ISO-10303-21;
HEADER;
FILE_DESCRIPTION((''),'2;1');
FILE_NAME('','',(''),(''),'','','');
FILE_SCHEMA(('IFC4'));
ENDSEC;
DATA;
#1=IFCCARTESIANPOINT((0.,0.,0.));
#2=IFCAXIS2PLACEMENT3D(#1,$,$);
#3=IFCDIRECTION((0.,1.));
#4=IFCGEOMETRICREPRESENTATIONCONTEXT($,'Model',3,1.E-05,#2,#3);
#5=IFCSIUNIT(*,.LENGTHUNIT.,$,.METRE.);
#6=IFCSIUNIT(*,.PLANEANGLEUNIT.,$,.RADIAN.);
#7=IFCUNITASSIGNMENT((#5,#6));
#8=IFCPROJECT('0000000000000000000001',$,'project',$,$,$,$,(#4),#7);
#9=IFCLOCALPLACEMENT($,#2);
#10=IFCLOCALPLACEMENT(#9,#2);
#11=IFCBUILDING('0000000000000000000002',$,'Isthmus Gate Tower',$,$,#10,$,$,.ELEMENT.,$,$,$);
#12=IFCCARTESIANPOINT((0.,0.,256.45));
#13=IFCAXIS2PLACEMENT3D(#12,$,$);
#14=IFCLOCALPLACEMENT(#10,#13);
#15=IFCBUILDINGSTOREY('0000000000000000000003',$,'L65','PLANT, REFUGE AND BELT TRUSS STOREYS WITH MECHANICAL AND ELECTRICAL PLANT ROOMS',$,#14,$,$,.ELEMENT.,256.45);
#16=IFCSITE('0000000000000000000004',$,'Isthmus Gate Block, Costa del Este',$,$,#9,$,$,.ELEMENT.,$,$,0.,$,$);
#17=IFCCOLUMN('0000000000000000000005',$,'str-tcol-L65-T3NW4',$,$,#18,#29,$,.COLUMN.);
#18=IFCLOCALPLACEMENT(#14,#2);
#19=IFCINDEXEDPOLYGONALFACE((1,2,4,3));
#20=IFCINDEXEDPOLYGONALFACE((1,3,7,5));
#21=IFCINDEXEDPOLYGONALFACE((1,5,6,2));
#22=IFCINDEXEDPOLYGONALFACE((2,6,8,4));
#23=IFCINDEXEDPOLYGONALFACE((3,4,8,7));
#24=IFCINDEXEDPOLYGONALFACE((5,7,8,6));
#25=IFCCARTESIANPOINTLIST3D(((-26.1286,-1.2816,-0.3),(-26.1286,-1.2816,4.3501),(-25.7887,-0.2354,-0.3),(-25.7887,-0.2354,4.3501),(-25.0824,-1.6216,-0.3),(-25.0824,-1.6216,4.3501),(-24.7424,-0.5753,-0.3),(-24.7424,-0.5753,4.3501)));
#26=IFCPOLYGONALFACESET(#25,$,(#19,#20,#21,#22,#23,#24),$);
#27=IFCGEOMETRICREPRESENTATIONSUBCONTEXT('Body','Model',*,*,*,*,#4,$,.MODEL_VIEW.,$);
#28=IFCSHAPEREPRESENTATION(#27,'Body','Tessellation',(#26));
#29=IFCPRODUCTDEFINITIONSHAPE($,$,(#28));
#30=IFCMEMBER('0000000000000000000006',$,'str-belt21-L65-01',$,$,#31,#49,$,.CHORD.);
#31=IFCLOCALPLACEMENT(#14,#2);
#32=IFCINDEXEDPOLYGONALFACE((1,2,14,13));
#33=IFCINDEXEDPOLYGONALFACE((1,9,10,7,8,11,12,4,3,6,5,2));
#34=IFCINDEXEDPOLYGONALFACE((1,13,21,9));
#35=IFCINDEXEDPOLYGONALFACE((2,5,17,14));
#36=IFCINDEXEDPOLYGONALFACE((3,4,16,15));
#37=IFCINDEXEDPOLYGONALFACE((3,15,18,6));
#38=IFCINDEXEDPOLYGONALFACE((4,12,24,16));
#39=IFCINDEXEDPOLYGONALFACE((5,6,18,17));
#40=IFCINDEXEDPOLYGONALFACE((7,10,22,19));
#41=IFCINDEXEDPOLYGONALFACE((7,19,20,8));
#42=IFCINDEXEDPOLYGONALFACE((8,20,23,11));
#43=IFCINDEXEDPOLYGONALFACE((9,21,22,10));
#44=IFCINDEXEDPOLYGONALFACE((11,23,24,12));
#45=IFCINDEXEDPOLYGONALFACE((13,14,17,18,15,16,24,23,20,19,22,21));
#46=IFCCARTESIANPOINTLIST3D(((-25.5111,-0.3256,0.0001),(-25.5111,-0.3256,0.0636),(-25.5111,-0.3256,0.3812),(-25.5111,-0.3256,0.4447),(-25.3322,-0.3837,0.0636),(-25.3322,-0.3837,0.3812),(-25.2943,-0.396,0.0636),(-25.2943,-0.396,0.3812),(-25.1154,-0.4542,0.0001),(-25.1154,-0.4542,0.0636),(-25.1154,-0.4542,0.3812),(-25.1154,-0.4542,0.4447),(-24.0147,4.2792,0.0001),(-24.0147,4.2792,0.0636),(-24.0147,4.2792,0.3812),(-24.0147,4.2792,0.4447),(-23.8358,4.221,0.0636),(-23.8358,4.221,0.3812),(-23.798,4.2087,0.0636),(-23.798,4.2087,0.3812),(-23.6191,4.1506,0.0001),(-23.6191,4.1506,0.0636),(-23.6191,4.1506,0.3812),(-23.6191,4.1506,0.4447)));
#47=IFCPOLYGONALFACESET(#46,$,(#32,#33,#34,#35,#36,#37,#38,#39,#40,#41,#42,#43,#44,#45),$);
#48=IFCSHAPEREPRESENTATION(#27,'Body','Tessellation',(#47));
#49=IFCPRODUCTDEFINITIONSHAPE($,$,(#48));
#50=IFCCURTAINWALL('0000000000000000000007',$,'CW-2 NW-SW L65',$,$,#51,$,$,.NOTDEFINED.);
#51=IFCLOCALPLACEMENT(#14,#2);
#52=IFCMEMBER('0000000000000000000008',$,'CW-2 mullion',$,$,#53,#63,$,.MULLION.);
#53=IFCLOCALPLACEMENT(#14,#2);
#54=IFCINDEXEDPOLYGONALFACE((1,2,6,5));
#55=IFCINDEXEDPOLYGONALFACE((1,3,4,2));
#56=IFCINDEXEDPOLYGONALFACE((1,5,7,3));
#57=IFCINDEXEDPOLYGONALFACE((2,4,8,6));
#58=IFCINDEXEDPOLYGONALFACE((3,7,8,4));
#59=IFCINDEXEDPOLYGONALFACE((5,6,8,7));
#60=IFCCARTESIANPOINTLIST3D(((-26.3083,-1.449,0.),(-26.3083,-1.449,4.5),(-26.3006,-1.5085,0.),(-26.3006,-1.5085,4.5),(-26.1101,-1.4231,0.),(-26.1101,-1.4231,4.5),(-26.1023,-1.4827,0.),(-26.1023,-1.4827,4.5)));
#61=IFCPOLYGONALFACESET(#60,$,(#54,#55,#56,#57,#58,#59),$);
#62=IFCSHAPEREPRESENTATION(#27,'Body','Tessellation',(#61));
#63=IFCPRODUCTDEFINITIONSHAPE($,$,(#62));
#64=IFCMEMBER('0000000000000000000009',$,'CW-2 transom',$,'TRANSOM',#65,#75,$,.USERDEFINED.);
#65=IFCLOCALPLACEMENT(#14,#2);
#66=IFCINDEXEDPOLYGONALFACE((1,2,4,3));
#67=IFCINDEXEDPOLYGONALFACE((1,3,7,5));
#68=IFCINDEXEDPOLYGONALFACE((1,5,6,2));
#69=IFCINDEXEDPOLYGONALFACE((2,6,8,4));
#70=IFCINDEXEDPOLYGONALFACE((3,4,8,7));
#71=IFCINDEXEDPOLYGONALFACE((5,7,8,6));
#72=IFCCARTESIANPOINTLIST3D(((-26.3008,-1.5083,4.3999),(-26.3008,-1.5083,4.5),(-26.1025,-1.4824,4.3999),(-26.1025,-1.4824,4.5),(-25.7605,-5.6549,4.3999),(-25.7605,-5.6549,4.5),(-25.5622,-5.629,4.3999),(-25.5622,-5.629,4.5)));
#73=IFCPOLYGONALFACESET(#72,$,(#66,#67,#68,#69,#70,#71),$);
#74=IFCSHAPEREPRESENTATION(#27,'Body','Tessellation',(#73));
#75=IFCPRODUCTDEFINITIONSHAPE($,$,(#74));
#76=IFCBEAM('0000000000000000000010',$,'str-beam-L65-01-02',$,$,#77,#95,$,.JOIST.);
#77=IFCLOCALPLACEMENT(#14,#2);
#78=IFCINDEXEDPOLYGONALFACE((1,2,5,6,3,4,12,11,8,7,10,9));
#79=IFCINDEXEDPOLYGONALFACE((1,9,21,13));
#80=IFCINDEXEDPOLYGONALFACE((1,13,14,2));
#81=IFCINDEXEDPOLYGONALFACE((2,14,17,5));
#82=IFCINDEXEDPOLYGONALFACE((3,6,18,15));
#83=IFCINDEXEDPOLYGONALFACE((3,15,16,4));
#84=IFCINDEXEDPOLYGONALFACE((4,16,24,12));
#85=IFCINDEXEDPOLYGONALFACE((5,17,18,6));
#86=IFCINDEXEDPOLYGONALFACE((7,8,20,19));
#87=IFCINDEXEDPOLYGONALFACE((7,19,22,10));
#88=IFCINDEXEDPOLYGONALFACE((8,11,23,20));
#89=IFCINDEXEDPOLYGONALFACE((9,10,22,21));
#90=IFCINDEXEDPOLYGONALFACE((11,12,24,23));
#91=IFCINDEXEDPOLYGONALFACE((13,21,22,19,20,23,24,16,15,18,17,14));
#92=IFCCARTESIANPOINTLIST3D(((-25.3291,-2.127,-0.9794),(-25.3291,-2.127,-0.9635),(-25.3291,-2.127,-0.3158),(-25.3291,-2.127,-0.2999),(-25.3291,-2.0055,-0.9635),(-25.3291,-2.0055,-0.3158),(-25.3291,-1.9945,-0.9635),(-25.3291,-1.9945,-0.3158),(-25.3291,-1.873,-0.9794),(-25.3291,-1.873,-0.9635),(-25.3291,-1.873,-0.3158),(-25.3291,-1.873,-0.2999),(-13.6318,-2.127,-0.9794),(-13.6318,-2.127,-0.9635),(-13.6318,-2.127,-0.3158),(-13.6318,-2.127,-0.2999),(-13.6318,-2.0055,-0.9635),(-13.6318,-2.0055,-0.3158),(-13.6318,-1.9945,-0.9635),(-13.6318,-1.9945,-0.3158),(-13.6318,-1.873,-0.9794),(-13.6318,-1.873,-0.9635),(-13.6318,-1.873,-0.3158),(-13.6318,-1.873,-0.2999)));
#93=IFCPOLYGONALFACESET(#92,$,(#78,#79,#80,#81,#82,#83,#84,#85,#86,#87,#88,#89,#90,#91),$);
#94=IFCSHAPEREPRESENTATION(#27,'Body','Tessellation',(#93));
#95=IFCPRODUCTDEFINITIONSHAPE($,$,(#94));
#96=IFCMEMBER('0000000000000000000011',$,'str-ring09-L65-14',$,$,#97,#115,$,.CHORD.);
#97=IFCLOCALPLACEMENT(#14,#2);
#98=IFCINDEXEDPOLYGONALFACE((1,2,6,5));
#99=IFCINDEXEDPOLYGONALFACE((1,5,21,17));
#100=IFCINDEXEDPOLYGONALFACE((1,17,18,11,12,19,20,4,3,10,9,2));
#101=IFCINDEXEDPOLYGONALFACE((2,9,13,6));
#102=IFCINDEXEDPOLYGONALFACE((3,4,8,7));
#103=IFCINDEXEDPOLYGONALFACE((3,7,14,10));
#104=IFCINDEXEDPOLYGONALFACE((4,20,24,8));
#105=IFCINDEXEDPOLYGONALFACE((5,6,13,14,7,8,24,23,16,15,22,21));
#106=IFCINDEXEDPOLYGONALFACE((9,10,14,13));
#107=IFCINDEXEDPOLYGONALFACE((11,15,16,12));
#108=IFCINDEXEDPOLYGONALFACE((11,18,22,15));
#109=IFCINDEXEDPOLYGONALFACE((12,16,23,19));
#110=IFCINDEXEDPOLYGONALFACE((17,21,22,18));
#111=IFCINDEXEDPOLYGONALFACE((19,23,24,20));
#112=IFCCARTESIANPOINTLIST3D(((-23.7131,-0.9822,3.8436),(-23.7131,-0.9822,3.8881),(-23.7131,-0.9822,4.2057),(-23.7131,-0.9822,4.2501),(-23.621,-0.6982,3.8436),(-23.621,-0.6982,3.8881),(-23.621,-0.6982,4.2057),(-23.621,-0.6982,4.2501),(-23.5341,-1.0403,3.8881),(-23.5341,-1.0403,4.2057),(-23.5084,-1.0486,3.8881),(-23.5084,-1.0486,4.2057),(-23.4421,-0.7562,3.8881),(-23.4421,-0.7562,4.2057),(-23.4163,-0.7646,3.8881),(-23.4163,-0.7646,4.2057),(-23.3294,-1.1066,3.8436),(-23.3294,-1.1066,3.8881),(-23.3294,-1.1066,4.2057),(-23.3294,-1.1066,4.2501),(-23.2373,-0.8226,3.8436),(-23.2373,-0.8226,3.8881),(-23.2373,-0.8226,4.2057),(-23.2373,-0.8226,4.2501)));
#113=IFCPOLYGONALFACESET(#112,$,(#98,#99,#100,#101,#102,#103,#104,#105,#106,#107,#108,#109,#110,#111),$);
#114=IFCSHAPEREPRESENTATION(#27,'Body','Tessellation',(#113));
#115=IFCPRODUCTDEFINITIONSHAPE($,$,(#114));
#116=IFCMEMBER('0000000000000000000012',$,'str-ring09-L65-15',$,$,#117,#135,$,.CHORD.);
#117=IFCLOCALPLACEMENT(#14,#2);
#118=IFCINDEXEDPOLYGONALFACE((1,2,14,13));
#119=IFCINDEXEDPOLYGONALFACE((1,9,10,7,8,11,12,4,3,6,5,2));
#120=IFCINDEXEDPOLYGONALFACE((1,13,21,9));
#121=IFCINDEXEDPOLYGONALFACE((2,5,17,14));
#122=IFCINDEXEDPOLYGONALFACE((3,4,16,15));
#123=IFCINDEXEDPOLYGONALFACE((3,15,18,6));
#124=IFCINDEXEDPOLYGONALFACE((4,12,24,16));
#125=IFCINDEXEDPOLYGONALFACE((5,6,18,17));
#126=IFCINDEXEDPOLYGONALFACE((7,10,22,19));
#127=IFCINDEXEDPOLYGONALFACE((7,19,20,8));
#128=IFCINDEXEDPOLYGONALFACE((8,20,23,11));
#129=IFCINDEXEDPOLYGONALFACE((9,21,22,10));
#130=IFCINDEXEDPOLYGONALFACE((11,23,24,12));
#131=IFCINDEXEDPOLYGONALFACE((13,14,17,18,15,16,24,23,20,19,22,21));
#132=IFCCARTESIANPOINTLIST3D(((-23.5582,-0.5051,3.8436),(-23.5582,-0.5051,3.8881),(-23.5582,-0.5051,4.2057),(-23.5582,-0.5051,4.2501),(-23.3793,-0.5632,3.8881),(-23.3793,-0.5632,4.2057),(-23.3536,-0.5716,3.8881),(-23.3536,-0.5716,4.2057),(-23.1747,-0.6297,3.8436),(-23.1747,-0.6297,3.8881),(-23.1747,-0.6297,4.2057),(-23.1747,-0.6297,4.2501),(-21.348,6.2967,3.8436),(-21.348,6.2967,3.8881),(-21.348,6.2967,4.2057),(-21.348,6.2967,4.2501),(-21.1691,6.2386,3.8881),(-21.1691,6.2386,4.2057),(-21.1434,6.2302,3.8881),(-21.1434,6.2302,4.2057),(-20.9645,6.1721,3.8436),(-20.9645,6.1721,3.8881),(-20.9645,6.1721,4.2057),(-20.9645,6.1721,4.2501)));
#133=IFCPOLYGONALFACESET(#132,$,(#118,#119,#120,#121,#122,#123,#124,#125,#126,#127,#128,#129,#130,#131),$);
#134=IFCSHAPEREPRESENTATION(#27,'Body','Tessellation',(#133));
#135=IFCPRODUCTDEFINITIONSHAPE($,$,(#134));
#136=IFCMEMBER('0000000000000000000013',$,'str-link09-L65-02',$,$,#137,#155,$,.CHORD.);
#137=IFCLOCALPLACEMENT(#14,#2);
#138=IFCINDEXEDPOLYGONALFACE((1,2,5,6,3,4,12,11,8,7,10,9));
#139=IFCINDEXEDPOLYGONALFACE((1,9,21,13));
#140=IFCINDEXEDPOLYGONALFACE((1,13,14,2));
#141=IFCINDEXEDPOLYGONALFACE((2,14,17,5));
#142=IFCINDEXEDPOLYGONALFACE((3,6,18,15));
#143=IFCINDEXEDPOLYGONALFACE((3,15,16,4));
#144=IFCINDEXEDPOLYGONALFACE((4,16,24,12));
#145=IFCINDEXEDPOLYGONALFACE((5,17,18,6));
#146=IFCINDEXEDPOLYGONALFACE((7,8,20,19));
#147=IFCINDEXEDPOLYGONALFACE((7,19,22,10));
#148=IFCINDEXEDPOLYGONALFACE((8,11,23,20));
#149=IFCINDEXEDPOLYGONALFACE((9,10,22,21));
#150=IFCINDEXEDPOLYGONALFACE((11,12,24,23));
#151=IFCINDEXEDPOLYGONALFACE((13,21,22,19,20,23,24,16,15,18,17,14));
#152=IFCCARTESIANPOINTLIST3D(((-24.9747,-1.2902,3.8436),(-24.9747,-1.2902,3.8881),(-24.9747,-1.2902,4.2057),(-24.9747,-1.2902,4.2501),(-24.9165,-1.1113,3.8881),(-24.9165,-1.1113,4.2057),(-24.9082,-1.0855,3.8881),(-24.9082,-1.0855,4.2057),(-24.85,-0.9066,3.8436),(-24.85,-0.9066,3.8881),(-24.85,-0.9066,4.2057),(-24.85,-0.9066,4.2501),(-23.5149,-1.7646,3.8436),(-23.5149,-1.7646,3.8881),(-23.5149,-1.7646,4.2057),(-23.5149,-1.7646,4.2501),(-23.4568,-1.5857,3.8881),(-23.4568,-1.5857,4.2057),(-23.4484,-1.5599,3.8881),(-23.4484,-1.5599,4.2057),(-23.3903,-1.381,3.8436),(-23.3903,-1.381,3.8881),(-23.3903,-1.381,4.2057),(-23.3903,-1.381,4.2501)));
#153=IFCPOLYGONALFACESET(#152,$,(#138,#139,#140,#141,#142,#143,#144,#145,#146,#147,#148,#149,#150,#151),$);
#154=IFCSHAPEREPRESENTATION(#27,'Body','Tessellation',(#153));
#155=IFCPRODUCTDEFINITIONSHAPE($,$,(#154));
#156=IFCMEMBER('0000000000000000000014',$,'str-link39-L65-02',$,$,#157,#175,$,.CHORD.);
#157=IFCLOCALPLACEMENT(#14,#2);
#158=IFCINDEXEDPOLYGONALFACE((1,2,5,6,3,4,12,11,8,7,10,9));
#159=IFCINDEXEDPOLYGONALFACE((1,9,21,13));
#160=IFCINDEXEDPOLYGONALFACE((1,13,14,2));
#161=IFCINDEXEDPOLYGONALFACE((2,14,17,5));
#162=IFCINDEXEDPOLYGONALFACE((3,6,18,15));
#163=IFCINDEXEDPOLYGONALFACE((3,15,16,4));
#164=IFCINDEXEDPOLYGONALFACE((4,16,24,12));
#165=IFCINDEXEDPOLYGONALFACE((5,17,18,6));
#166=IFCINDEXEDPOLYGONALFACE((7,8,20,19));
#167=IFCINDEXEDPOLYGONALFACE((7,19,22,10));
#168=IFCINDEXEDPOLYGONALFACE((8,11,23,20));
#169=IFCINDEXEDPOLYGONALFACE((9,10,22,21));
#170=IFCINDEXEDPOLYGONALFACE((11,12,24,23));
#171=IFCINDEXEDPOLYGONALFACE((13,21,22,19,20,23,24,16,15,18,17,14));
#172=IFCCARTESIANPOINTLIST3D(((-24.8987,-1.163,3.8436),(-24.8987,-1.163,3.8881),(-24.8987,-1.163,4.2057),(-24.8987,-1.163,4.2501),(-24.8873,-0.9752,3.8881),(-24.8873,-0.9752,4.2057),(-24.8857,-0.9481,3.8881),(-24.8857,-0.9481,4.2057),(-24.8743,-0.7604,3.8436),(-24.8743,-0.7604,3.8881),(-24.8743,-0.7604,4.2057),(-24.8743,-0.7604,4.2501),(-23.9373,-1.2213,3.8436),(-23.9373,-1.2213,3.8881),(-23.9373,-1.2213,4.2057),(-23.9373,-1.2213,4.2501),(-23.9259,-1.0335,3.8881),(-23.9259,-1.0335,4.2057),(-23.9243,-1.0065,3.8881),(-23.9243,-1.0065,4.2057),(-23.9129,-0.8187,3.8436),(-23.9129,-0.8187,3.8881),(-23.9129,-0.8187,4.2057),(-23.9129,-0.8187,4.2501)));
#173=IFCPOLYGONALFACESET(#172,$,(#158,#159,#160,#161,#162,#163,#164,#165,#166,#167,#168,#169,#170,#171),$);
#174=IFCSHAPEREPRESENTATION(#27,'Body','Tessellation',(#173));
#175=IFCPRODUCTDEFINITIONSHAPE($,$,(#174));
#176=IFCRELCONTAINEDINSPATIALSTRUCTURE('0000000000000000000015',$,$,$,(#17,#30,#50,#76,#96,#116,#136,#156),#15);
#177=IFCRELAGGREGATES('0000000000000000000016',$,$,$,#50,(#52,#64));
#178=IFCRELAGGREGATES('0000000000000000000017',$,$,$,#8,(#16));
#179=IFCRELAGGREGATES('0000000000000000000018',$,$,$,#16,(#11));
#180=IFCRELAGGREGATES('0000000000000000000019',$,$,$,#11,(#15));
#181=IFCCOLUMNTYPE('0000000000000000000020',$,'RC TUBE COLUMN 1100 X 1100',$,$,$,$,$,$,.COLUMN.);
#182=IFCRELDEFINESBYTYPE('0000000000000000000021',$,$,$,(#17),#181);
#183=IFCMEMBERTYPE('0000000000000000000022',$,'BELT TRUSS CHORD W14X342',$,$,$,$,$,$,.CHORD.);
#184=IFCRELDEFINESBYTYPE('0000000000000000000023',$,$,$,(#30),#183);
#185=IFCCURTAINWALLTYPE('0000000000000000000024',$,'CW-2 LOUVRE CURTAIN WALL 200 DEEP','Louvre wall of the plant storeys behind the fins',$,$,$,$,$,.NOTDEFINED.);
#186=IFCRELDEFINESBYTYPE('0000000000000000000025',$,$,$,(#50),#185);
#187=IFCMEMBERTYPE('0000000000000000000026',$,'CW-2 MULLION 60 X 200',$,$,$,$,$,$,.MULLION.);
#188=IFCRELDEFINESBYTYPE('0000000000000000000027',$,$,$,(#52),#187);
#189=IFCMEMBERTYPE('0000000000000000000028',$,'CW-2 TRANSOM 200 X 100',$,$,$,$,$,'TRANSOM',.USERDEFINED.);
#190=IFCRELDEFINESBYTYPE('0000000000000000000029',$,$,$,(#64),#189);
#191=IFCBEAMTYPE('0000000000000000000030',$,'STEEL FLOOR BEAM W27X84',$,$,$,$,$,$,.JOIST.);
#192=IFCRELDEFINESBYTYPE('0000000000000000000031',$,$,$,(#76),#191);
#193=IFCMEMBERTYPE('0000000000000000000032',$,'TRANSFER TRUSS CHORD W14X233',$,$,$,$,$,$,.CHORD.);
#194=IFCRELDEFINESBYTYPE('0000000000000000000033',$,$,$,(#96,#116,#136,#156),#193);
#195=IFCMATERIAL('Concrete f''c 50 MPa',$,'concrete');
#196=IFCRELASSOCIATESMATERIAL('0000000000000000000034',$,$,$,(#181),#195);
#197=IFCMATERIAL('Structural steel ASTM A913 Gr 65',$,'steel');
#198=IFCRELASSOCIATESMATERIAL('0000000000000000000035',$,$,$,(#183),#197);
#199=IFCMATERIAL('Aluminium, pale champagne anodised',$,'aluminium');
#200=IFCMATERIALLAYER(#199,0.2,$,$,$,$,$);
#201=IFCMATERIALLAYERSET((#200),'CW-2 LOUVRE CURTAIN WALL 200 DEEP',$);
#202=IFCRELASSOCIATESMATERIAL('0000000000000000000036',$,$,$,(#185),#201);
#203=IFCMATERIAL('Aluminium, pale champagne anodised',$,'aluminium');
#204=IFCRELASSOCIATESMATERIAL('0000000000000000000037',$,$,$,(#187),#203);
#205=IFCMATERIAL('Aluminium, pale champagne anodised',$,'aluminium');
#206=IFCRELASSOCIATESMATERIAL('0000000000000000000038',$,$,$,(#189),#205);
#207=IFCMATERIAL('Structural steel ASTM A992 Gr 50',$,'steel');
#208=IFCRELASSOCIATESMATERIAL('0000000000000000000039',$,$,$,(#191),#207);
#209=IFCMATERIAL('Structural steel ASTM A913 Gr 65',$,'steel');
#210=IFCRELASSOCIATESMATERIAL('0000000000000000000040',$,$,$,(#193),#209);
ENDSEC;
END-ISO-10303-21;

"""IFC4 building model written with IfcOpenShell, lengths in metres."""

from ifc_helpers import new_model, si_unit, direction, frame, origin, origin_2d, place, context, subcontext, project, spatial, rectangle, i_section, extrude, material, layer, layer_set, material_profile, profile_set, type_object, element, aggregate, save


model = new_model("IFC4")

# Units and contexts
model_context = context("Model", 3, precision=1e-05, world=origin(), true_north=direction((0.0, 1.0)))
body_context = subcontext(model_context, "Body", "Model", "MODEL_VIEW")
ifc_project = project(units=[si_unit("LENGTHUNIT", "METRE"), si_unit("PLANEANGLEUNIT", "RADIAN")], contexts=[model_context])

# Site, building, storey
site_placement = place(None, origin())
site = spatial("IfcSite", under=ifc_project, at=site_placement, Name="Isthmus Gate Block, Costa del Este", CompositionType="ELEMENT", RefElevation=0.0)
building_placement = place(site_placement, origin())
building = spatial("IfcBuilding", under=site, at=building_placement, Name="Isthmus Gate Tower", CompositionType="ELEMENT")
storey_placement = place(building_placement, frame((0.0, 0.0, 256.45)))
storey = spatial("IfcBuildingStorey", under=building, at=storey_placement, Name="L65", Description="PLANT, REFUGE AND BELT TRUSS STOREYS WITH MECHANICAL AND ELECTRICAL PLANT ROOMS", CompositionType="ELEMENT", Elevation=256.45)

# Column
ifc_material_1 = material(Name="Concrete f'c 50 MPa", Category="concrete")
ifc_material_profile_1 = material_profile(ifc_material_1, rectangle(XDim=1.1001, YDim=1.1001, at=origin_2d()), Name="RC 1100X1100")
ifc_profile_set_1 = profile_set([ifc_material_profile_1], Name="Concrete f'c 50 MPa")
column_type = type_object("IfcColumnType", Name="RC TUBE COLUMN 1100 X 1100", PredefinedType="COLUMN", material=ifc_profile_set_1)
column_placement = place(storey_placement, frame((-25.4355, -0.9285, -0.3), z_axis=(0.0, 0.0, 1.0), x_axis=(-0.309017, -0.951057, 0.0)))
element("IfcColumn", 1, at=column_placement, inside=storey, type_object=column_type, Name="str-tcol-L65-T3NW4", PredefinedType="COLUMN", context=body_context, shape_type="SweptSolid", body=[
    extrude(rectangle(XDim=1.1001, YDim=1.1001, at=origin_2d()), origin(), (0.0, 0.0, 1.0), 4.6501),
])

# Member
ifc_material_2 = material(Name="Structural steel ASTM A913 Gr 65", Category="steel")
ifc_material_profile_2 = material_profile(ifc_material_2, i_section(OverallWidth=0.416, OverallDepth=0.4446, WebThickness=0.0398, FlangeThickness=0.0635, at=origin_2d()), Name="W14X342")
ifc_profile_set_2 = profile_set([ifc_material_profile_2], Name="Structural steel ASTM A913 Gr 65")
member_type_1 = type_object("IfcMemberType", Name="BELT TRUSS CHORD W14X342", PredefinedType="CHORD", material=ifc_profile_set_2)
member_1_placement = place(storey_placement, frame((-25.3132, -0.3899, 0.2224), z_axis=(0.309048, 0.951046, 0.0), x_axis=(-0.951046, 0.309048, 0.0)))
element("IfcMember", 2, at=member_1_placement, inside=storey, type_object=member_type_1, Name="str-belt21-L65-01", PredefinedType="CHORD", context=body_context, shape_type="SweptSolid", body=[
    extrude(i_section(OverallWidth=0.416, OverallDepth=0.4446, WebThickness=0.0398, FlangeThickness=0.0635, at=origin_2d()), origin(), (0.0, 0.0, 1.0), 4.8418),
])

# Curtain wall, members
ifc_material_3 = material(Name="Aluminium, pale champagne anodised", Category="aluminium")
ifc_layer_1 = layer(ifc_material_3, 0.2)
ifc_layer_set_1 = layer_set([ifc_layer_1], Name="CW-2 LOUVRE CURTAIN WALL 200 DEEP")
curtain_wall_type = type_object("IfcCurtainWallType", Name="CW-2 LOUVRE CURTAIN WALL 200 DEEP", Description="Louvre wall of the plant storeys behind the fins", PredefinedType="NOTDEFINED", material=ifc_layer_set_1)
curtain_wall_placement = place(storey_placement, origin())
curtain_wall = element("IfcCurtainWall", 3, at=curtain_wall_placement, inside=storey, type_object=curtain_wall_type, Name="CW-2 NW-SW L65", PredefinedType="NOTDEFINED")
ifc_material_4 = material(Name="Aluminium, pale champagne anodised", Category="aluminium")
ifc_material_profile_3 = material_profile(ifc_material_4, rectangle(XDim=0.0601, YDim=0.2, at=origin_2d()), Name="60x200")
ifc_profile_set_3 = profile_set([ifc_material_profile_3], Name="Aluminium, pale champagne anodised")
member_type_2 = type_object("IfcMemberType", Name="CW-2 MULLION 60 X 200", PredefinedType="MULLION", material=ifc_profile_set_3)
member_2_placement = place(storey_placement, frame((-26.2053, -1.4658, 0.0), z_axis=(0.0, 0.0, 1.0), x_axis=(0.129165, -0.991623, 0.0)))
member_2 = element("IfcMember", 4, at=member_2_placement, type_object=member_type_2, Name="CW-2 mullion", PredefinedType="MULLION", context=body_context, shape_type="SweptSolid", body=[
    extrude(rectangle(XDim=0.0601, YDim=0.2, at=origin_2d()), origin(), (0.0, 0.0, 1.0), 4.5),
])
ifc_material_5 = material(Name="Aluminium, pale champagne anodised", Category="aluminium")
ifc_material_profile_4 = material_profile(ifc_material_5, rectangle(XDim=0.2, YDim=0.1001, at=origin_2d()), Name="200x100")
ifc_profile_set_4 = profile_set([ifc_material_profile_4], Name="Aluminium, pale champagne anodised")
member_type_3 = type_object("IfcMemberType", Name="CW-2 TRANSOM 200 X 100", ElementType="TRANSOM", PredefinedType="USERDEFINED", material=ifc_profile_set_4)
member_3_placement = place(storey_placement, frame((-26.2017, -1.4954, 4.45), z_axis=(0.129207, -0.991618, 0.0), x_axis=(0.991618, 0.129207, 0.0)))
member_3 = element("IfcMember", 5, at=member_3_placement, type_object=member_type_3, Name="CW-2 transom", ObjectType="TRANSOM", PredefinedType="USERDEFINED", context=body_context, shape_type="SweptSolid", body=[
    extrude(rectangle(XDim=0.2, YDim=0.1001, at=origin_2d()), origin(), (0.0, 0.0, 1.0), 4.1816),
])

# Beam
ifc_material_6 = material(Name="Structural steel ASTM A992 Gr 50", Category="steel")
ifc_material_profile_5 = material_profile(ifc_material_6, i_section(OverallWidth=0.2539, OverallDepth=0.6794, WebThickness=0.011, FlangeThickness=0.0159, at=origin_2d()), Name="W27X84")
ifc_profile_set_5 = profile_set([ifc_material_profile_5], Name="Structural steel ASTM A992 Gr 50")
beam_type = type_object("IfcBeamType", Name="STEEL FLOOR BEAM W27X84", PredefinedType="JOIST", material=ifc_profile_set_5)
beam_placement = place(storey_placement, frame((-25.3291, -2.0, -0.6396), z_axis=(1.0, 0.0, 0.0), x_axis=(0.0, 1.0, 0.0)))
element("IfcBeam", 6, at=beam_placement, inside=storey, type_object=beam_type, Name="str-beam-L65-01-02", PredefinedType="JOIST", context=body_context, shape_type="SweptSolid", body=[
    extrude(i_section(OverallWidth=0.2539, OverallDepth=0.6794, WebThickness=0.011, FlangeThickness=0.0159, at=origin_2d()), origin(), (0.0, 0.0, 1.0), 11.6973),
])

# Members
ifc_material_7 = material(Name="Structural steel ASTM A913 Gr 65", Category="steel")
ifc_material_profile_6 = material_profile(ifc_material_7, i_section(OverallWidth=0.4033, OverallDepth=0.4065, WebThickness=0.0271, FlangeThickness=0.0444, at=origin_2d()), Name="W14X233")
ifc_profile_set_6 = profile_set([ifc_material_profile_6], Name="Structural steel ASTM A913 Gr 65")
member_type_4 = type_object("IfcMemberType", Name="TRANSFER TRUSS CHORD W14X233", PredefinedType="CHORD", material=ifc_profile_set_6)
member_4_placement = place(storey_placement, frame((-23.5212, -1.0444, 4.0469), z_axis=(0.308365, 0.951268, 0.0), x_axis=(-0.951268, 0.308365, 0.0)))
element("IfcMember", 7, at=member_4_placement, inside=storey, type_object=member_type_4, Name="str-ring09-L65-14", PredefinedType="CHORD", context=body_context, shape_type="SweptSolid", body=[
    extrude(i_section(OverallWidth=0.4033, OverallDepth=0.4065, WebThickness=0.0271, FlangeThickness=0.0444, at=origin_2d()), origin(), (0.0, 0.0, 1.0), 0.2986),
])
member_5_placement = place(storey_placement, frame((-23.3665, -0.5674, 4.0469), z_axis=(0.30904, 0.951049, 0.0), x_axis=(-0.951049, 0.30904, 0.0)))
element("IfcMember", 8, at=member_5_placement, inside=storey, type_object=member_type_4, Name="str-ring09-L65-15", PredefinedType="CHORD", context=body_context, shape_type="SweptSolid", body=[
    extrude(i_section(OverallWidth=0.4033, OverallDepth=0.4065, WebThickness=0.0271, FlangeThickness=0.0444, at=origin_2d()), origin(), (0.0, 0.0, 1.0), 7.1519),
])
member_6_placement = place(storey_placement, frame((-24.9124, -1.0984, 4.0469), z_axis=(0.951042, -0.309061, 0.0), x_axis=(0.309061, 0.951042, 0.0)))
element("IfcMember", 9, at=member_6_placement, inside=storey, type_object=member_type_4, Name="str-link09-L65-02", PredefinedType="CHORD", context=body_context, shape_type="SweptSolid", body=[
    extrude(i_section(OverallWidth=0.4033, OverallDepth=0.4065, WebThickness=0.0271, FlangeThickness=0.0444, at=origin_2d()), origin(), (0.0, 0.0, 1.0), 1.5349),
])
member_7_placement = place(storey_placement, frame((-24.8865, -0.9617, 4.0469), z_axis=(0.998163, -0.060579, 0.0), x_axis=(0.060579, 0.998163, 0.0)))
element("IfcMember", 10, at=member_7_placement, inside=storey, type_object=member_type_4, Name="str-link39-L65-02", PredefinedType="CHORD", context=body_context, shape_type="SweptSolid", body=[
    extrude(i_section(OverallWidth=0.4033, OverallDepth=0.4065, WebThickness=0.0271, FlangeThickness=0.0444, at=origin_2d()), origin(), (0.0, 0.0, 1.0), 0.9631),
])

aggregate(curtain_wall, [member_2, member_3])

save(model, "model.ifc")
